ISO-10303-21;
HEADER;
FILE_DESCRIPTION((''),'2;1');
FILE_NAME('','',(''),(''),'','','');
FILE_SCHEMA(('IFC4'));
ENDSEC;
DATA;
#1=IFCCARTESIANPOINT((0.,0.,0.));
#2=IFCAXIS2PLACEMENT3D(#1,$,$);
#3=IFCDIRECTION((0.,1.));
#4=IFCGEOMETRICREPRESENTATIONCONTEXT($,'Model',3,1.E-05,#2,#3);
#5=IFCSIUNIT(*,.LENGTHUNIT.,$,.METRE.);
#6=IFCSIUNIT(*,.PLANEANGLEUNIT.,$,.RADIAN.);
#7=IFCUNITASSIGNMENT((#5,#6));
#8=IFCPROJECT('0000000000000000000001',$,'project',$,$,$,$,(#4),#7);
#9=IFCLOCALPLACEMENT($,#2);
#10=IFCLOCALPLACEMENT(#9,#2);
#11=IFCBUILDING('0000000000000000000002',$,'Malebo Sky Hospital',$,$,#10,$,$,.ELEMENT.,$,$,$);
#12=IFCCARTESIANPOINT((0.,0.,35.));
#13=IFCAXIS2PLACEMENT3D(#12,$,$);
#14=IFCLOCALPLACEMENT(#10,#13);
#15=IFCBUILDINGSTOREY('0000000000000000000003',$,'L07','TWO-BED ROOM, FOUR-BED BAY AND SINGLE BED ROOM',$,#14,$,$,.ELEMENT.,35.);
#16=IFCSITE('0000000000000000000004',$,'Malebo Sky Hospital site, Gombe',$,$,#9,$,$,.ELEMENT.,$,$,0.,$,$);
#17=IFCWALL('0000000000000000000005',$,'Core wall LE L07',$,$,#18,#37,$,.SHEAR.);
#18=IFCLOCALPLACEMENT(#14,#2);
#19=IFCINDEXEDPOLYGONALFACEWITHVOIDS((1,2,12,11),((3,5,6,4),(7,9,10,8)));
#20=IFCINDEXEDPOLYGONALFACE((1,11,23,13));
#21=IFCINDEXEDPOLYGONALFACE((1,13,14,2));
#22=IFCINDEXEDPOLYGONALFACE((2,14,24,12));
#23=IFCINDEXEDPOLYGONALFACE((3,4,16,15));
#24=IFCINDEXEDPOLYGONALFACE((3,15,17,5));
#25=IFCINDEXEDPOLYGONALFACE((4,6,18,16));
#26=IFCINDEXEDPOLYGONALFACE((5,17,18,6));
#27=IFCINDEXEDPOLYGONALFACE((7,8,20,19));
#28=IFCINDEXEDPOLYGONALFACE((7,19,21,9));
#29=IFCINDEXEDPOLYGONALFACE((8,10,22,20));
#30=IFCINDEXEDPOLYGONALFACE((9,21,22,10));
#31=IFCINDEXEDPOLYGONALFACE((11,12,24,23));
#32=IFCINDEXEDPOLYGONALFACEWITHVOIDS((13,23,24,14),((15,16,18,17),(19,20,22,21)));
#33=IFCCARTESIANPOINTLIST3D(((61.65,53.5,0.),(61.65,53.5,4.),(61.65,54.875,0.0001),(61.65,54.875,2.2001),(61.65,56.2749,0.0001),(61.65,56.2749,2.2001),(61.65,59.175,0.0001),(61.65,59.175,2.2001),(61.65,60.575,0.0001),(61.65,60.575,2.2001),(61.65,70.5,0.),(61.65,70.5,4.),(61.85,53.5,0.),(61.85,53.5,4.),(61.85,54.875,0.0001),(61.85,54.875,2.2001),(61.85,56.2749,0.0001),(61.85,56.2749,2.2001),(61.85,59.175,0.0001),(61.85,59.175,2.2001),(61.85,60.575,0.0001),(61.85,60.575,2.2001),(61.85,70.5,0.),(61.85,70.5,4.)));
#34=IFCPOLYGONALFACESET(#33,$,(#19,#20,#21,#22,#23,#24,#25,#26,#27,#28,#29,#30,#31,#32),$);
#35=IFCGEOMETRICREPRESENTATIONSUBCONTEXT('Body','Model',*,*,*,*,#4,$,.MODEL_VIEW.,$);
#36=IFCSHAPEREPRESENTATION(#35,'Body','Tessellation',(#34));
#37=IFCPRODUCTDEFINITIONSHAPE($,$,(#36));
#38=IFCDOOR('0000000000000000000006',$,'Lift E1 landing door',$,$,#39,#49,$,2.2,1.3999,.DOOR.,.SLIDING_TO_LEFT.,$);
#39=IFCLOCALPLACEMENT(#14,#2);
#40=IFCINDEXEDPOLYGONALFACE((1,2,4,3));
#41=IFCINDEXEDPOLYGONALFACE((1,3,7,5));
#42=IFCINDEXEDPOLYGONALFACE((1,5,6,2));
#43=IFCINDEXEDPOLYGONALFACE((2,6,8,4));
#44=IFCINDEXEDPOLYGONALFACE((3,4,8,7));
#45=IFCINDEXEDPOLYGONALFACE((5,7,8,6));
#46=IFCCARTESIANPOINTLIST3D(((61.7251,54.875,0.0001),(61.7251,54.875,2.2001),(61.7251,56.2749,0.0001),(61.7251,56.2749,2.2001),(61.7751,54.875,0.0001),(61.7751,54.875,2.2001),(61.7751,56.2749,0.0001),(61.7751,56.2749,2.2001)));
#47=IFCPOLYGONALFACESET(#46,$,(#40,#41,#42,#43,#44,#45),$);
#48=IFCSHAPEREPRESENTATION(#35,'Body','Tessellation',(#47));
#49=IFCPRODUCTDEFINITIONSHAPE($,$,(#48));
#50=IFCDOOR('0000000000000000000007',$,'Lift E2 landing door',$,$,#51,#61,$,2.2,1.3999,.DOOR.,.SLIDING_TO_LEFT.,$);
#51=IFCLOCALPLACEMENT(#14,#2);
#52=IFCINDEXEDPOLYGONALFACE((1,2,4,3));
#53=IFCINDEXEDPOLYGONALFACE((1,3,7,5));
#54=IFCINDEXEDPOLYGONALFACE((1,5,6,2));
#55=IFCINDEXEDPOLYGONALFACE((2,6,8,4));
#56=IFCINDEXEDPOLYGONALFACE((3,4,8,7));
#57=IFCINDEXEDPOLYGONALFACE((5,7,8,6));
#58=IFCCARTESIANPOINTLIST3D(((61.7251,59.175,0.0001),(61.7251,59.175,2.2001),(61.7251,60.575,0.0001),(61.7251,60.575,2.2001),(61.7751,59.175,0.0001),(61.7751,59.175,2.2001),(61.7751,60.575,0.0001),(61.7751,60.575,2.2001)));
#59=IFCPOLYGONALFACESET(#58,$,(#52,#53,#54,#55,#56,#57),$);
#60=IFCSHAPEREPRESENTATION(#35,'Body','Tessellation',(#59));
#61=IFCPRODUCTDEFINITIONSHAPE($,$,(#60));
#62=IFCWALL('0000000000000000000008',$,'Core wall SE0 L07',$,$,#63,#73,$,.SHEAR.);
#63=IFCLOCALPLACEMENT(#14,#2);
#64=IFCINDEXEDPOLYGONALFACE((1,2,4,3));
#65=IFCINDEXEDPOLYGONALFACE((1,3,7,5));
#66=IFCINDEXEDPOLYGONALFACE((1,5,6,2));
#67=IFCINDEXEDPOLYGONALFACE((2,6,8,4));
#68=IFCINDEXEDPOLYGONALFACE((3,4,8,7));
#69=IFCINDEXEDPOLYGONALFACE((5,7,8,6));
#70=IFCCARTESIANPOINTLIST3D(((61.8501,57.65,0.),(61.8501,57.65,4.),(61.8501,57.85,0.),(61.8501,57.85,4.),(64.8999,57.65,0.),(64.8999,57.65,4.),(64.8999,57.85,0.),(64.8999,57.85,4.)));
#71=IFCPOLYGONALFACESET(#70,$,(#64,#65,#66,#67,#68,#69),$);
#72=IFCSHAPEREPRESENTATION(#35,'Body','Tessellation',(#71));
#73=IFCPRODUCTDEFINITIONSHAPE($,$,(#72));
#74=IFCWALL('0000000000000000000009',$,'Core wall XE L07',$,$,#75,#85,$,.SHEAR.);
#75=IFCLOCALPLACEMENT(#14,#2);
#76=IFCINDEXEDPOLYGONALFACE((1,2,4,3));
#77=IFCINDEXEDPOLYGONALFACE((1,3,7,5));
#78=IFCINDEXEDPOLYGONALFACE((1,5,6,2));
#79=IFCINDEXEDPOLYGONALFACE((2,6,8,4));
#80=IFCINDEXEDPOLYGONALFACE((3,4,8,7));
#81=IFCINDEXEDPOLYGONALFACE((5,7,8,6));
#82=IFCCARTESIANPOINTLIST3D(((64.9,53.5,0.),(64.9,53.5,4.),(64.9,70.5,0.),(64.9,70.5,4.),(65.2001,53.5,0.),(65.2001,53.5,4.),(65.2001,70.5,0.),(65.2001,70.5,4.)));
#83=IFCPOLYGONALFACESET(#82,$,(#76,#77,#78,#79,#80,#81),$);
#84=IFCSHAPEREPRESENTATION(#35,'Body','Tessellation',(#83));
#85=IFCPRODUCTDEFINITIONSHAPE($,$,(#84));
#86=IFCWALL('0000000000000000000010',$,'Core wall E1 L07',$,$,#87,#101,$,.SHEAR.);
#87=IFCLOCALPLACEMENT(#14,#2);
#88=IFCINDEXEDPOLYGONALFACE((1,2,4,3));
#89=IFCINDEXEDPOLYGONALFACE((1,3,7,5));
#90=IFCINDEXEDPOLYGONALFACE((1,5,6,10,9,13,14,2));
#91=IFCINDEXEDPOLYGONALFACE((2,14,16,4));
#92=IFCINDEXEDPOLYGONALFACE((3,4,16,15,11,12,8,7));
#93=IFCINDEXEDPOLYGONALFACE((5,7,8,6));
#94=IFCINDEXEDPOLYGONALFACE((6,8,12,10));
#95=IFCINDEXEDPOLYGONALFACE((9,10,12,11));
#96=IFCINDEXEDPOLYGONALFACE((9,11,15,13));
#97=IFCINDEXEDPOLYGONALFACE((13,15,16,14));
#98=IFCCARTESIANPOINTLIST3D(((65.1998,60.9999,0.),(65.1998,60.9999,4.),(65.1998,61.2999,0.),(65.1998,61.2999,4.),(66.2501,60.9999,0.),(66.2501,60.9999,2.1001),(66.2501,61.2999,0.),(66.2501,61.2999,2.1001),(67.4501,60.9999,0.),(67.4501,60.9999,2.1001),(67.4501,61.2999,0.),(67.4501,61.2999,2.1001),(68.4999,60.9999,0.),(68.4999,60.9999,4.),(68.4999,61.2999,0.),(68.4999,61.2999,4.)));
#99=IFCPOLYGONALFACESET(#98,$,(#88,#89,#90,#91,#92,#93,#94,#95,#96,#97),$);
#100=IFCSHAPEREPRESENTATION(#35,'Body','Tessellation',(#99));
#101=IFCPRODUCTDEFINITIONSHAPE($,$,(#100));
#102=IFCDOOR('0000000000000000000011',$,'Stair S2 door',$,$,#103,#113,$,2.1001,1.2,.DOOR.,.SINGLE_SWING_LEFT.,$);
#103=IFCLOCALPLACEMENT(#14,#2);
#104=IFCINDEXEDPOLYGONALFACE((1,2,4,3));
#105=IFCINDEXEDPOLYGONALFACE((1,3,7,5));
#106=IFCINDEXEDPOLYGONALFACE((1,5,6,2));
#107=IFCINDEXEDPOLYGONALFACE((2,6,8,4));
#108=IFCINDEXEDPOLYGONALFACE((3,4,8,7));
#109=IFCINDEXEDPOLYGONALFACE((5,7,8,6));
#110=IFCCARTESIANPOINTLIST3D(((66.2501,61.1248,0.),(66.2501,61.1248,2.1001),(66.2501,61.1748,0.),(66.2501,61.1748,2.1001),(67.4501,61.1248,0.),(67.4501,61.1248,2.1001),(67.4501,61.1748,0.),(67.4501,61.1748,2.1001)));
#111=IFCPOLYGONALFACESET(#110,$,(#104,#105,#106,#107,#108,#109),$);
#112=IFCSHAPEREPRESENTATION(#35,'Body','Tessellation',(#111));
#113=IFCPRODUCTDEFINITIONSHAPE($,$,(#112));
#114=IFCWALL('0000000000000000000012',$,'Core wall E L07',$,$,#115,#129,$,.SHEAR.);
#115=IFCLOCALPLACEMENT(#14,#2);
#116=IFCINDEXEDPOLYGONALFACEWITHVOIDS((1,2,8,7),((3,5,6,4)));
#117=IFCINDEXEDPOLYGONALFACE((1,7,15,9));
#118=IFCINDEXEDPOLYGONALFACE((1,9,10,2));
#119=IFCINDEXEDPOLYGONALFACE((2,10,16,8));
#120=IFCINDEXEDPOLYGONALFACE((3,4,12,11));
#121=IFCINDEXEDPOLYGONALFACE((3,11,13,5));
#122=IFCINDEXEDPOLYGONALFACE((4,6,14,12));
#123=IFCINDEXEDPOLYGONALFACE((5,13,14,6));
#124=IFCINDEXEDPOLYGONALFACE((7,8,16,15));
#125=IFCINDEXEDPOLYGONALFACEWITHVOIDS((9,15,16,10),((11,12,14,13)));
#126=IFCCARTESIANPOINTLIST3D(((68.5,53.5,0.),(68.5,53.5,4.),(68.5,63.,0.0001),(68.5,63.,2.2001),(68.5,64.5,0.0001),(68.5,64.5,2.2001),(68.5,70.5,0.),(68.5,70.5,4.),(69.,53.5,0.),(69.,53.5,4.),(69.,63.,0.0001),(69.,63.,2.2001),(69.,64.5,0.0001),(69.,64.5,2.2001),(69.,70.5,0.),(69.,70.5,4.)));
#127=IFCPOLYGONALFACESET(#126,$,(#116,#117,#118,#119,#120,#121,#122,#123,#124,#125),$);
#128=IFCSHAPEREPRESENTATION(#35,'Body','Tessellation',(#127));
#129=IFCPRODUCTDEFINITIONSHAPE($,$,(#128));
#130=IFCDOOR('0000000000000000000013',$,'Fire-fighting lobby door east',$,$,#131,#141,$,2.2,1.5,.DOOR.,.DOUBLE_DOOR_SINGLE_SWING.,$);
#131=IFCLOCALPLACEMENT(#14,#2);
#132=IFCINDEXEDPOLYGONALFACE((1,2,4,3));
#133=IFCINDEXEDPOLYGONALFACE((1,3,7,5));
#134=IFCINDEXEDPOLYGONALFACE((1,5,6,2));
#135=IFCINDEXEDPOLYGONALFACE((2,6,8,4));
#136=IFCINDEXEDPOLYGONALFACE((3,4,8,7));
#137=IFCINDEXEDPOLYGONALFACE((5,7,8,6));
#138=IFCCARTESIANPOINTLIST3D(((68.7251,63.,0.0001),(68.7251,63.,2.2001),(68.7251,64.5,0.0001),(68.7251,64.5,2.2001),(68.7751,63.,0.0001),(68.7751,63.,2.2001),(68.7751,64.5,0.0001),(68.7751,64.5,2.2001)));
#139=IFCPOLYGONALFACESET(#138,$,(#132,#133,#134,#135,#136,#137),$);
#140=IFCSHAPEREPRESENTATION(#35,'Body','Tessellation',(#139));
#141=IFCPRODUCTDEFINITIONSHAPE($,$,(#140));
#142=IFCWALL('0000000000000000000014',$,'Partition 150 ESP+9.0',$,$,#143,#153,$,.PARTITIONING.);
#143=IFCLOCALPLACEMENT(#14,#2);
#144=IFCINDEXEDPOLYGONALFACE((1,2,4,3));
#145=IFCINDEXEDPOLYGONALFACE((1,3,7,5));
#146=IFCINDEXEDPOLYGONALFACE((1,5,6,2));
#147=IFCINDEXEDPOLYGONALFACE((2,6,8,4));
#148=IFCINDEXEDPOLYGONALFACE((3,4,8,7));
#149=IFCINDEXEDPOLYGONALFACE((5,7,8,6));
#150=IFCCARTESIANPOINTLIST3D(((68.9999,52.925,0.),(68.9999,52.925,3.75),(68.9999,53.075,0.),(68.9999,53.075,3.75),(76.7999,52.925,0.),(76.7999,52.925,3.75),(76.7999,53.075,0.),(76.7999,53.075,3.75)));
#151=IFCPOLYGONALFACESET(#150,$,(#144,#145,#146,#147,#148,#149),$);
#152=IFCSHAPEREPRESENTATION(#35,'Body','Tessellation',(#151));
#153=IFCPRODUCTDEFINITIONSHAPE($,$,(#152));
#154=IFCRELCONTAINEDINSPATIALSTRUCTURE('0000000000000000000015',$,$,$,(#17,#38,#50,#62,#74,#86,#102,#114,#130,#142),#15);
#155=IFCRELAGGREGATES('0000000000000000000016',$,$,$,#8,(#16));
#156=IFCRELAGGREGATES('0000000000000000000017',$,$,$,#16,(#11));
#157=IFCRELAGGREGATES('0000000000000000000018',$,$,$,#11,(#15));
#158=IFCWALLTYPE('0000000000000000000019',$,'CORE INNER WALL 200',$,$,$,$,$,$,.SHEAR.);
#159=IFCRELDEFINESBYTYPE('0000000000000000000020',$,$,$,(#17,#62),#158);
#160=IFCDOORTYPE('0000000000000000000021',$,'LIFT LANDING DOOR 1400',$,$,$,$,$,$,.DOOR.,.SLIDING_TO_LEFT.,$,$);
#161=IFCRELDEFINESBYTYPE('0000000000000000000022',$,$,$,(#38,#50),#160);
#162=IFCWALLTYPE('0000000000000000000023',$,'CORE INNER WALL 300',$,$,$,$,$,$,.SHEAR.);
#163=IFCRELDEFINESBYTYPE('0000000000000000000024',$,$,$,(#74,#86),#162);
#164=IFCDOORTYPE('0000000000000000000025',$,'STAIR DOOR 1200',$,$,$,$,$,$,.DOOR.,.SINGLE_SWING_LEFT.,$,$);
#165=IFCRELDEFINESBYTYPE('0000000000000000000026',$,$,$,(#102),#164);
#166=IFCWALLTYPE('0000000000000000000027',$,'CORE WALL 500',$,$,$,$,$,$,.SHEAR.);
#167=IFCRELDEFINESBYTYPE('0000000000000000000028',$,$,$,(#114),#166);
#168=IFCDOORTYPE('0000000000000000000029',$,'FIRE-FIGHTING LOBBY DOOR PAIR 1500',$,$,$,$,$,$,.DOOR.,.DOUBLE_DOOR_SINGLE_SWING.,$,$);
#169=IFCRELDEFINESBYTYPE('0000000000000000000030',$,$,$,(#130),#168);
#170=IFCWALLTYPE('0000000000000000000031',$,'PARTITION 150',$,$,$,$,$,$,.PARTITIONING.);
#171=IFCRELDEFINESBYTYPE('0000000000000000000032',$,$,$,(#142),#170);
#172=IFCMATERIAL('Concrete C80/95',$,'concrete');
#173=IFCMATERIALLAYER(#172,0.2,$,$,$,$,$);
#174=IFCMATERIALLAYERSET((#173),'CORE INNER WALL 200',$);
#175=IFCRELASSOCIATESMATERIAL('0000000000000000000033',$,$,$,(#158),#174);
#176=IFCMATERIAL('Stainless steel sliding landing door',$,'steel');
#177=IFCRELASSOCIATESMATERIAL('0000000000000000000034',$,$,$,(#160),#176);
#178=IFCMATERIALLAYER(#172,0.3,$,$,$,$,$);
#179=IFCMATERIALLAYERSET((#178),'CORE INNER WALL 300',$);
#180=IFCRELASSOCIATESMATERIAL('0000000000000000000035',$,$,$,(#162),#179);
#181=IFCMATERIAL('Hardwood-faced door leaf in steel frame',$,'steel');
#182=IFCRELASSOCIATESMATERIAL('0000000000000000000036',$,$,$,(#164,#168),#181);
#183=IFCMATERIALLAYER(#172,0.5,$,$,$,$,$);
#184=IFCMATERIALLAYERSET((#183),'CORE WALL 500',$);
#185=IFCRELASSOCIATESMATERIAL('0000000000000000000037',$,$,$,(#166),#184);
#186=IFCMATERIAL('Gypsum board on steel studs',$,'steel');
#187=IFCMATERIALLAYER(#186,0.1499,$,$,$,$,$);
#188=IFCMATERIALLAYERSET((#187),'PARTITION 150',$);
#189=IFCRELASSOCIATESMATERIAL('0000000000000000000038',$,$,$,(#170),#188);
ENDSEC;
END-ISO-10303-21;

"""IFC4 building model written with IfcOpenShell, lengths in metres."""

from ifc_helpers import new_model, si_unit, direction, frame, frame_2d, origin, place, context, subcontext, project, spatial, rectangle, extrude, material, layer, layer_set, type_object, element, fill, save


model = new_model("IFC4")

# Units and contexts
model_context = context("Model", 3, precision=1e-05, world=origin(), true_north=direction((0.0, 1.0)))
body_context = subcontext(model_context, "Body", "Model", "MODEL_VIEW")
ifc_project = project(units=[si_unit("LENGTHUNIT", "METRE"), si_unit("PLANEANGLEUNIT", "RADIAN")], contexts=[model_context])

# Site, building, storey
site_placement = place(None, origin())
site = spatial("IfcSite", under=ifc_project, at=site_placement, Name="Malebo Sky Hospital site, Gombe", CompositionType="ELEMENT", RefElevation=0.0)
building_placement = place(site_placement, origin())
building = spatial("IfcBuilding", under=site, at=building_placement, Name="Malebo Sky Hospital", CompositionType="ELEMENT")
storey_placement = place(building_placement, frame((0.0, 0.0, 35.0)))
storey = spatial("IfcBuildingStorey", under=building, at=storey_placement, Name="L07", Description="TWO-BED ROOM, FOUR-BED BAY AND SINGLE BED ROOM", CompositionType="ELEMENT", Elevation=35.0)

# Wall, openings, doors
ifc_material_1 = material(Name="Concrete C80/95", Category="concrete")
ifc_layer_1 = layer(ifc_material_1, 0.2)
ifc_layer_set_1 = layer_set([ifc_layer_1], Name="CORE INNER WALL 200")
wall_type_1 = type_object("IfcWallType", Name="CORE INNER WALL 200", PredefinedType="SHEAR", material=ifc_layer_set_1)
ifc_material_2 = material(Name="Stainless steel sliding landing door", Category="steel")
door_type_1 = type_object("IfcDoorType", Name="LIFT LANDING DOOR 1400", OperationType="SLIDING_TO_LEFT", PredefinedType="DOOR", material=ifc_material_2)
wall_1_placement = place(storey_placement, frame((61.75, 53.5, 0.0), z_axis=(0.0, 0.0, 1.0), x_axis=(0.0, 1.0, 0.0)))
wall_1 = element("IfcWall", 1, at=wall_1_placement, inside=storey, type_object=wall_type_1, Name="Core wall LE L07", PredefinedType="SHEAR", context=body_context, shape_type="SweptSolid", body=[
    extrude(rectangle(XDim=17.0, YDim=0.2, at=frame_2d((8.5, 0.0))), origin(), (0.0, 0.0, 1.0), 4.0),
])
opening_1_placement = place(wall_1_placement, frame((1.375, 0.0, 0.0)))
opening_1 = element("IfcOpeningElement", 2, at=opening_1_placement, cuts=wall_1, PredefinedType="OPENING", context=body_context, shape_type="SweptSolid", body=[
    extrude(rectangle(XDim=1.3999, YDim=2.2, at=frame_2d((0.7, 1.1001))), frame((0.0, 0.1099, 0.0), z_axis=(0.0, -1.0, 0.0), x_axis=(1.0, 0.0, 0.0)), (0.0, 0.0, 1.0), 0.22),
])
opening_2_placement = place(wall_1_placement, frame((5.675, 0.0, 0.0)))
opening_2 = element("IfcOpeningElement", 3, at=opening_2_placement, cuts=wall_1, PredefinedType="OPENING", context=body_context, shape_type="SweptSolid", body=[
    extrude(rectangle(XDim=1.3999, YDim=2.2, at=frame_2d((0.7, 1.1001))), frame((0.0, 0.1099, 0.0), z_axis=(0.0, -1.0, 0.0), x_axis=(1.0, 0.0, 0.0)), (0.0, 0.0, 1.0), 0.22),
])
door_1_placement = place(opening_1_placement, origin())
door_1 = element("IfcDoor", 4, at=door_1_placement, inside=storey, type_object=door_type_1, Name="Lift E1 landing door", OperationType="SLIDING_TO_LEFT", OverallHeight=2.2, OverallWidth=1.3999, PredefinedType="DOOR", context=body_context, shape_type="SweptSolid", body=[
    extrude(rectangle(XDim=1.3999, YDim=2.2, at=frame_2d((0.7, 1.1001))), frame((0.0, 0.0249, 0.0), z_axis=(0.0, -1.0, 0.0), x_axis=(1.0, 0.0, 0.0)), (0.0, 0.0, 1.0), 0.05),
])
fill(opening_1, door_1)
door_2_placement = place(opening_2_placement, origin())
door_2 = element("IfcDoor", 5, at=door_2_placement, inside=storey, type_object=door_type_1, Name="Lift E2 landing door", OperationType="SLIDING_TO_LEFT", OverallHeight=2.2, OverallWidth=1.3999, PredefinedType="DOOR", context=body_context, shape_type="SweptSolid", body=[
    extrude(rectangle(XDim=1.3999, YDim=2.2, at=frame_2d((0.7, 1.1001))), frame((0.0, 0.0249, 0.0), z_axis=(0.0, -1.0, 0.0), x_axis=(1.0, 0.0, 0.0)), (0.0, 0.0, 1.0), 0.05),
])
fill(opening_2, door_2)

# Walls
wall_2_placement = place(storey_placement, frame((61.8501, 57.75, 0.0), z_axis=(0.0, 0.0, 1.0), x_axis=(1.0, 0.0, 0.0)))
element("IfcWall", 6, at=wall_2_placement, inside=storey, type_object=wall_type_1, Name="Core wall SE0 L07", PredefinedType="SHEAR", context=body_context, shape_type="SweptSolid", body=[
    extrude(rectangle(XDim=3.0498, YDim=0.2, at=frame_2d((1.5249, 0.0))), origin(), (0.0, 0.0, 1.0), 4.0),
])
ifc_layer_2 = layer(ifc_material_1, 0.3)
ifc_layer_set_2 = layer_set([ifc_layer_2], Name="CORE INNER WALL 300")
wall_type_2 = type_object("IfcWallType", Name="CORE INNER WALL 300", PredefinedType="SHEAR", material=ifc_layer_set_2)
wall_3_placement = place(storey_placement, frame((65.05, 53.5, 0.0), z_axis=(0.0, 0.0, 1.0), x_axis=(0.0, 1.0, 0.0)))
element("IfcWall", 7, at=wall_3_placement, inside=storey, type_object=wall_type_2, Name="Core wall XE L07", PredefinedType="SHEAR", context=body_context, shape_type="SweptSolid", body=[
    extrude(rectangle(XDim=17.0, YDim=0.3, at=frame_2d((8.5, 0.0))), origin(), (0.0, 0.0, 1.0), 4.0),
])

# Walls, openings, doors
wall_4_placement = place(storey_placement, frame((65.2, 61.1499, 0.0), z_axis=(0.0, 0.0, 1.0), x_axis=(1.0, 0.0, 0.0)))
wall_4 = element("IfcWall", 8, at=wall_4_placement, inside=storey, type_object=wall_type_2, Name="Core wall E1 L07", PredefinedType="SHEAR", context=body_context, shape_type="SweptSolid", body=[
    extrude(rectangle(XDim=3.3, YDim=0.3, at=frame_2d((1.6499, 0.0))), origin(), (0.0, 0.0, 1.0), 4.0),
])
opening_3_placement = place(wall_4_placement, frame((1.05, 0.0, 0.0)))
opening_3 = element("IfcOpeningElement", 9, at=opening_3_placement, cuts=wall_4, PredefinedType="OPENING", context=body_context, shape_type="SweptSolid", body=[
    extrude(rectangle(XDim=1.2, YDim=2.1001, at=frame_2d((0.6001, 1.05))), frame((0.0, 0.1599, 0.0), z_axis=(0.0, -1.0, 0.0), x_axis=(1.0, 0.0, 0.0)), (0.0, 0.0, 1.0), 0.3201),
])
ifc_material_3 = material(Name="Hardwood-faced door leaf in steel frame", Category="steel")
door_type_2 = type_object("IfcDoorType", Name="STAIR DOOR 1200", OperationType="SINGLE_SWING_LEFT", PredefinedType="DOOR", material=ifc_material_3)
door_3_placement = place(opening_3_placement, origin())
door_3 = element("IfcDoor", 10, at=door_3_placement, inside=storey, type_object=door_type_2, Name="Stair S2 door", OperationType="SINGLE_SWING_LEFT", OverallHeight=2.1001, OverallWidth=1.2, PredefinedType="DOOR", context=body_context, shape_type="SweptSolid", body=[
    extrude(rectangle(XDim=1.2, YDim=2.1001, at=frame_2d((0.6001, 1.05))), frame((0.0, 0.0249, 0.0), z_axis=(0.0, -1.0, 0.0), x_axis=(1.0, 0.0, 0.0)), (0.0, 0.0, 1.0), 0.05),
])
fill(opening_3, door_3)
ifc_layer_3 = layer(ifc_material_1, 0.5)
ifc_layer_set_3 = layer_set([ifc_layer_3], Name="CORE WALL 500")
wall_type_3 = type_object("IfcWallType", Name="CORE WALL 500", PredefinedType="SHEAR", material=ifc_layer_set_3)
wall_5_placement = place(storey_placement, frame((68.75, 53.5, 0.0), z_axis=(0.0, 0.0, 1.0), x_axis=(0.0, 1.0, 0.0)))
wall_5 = element("IfcWall", 11, at=wall_5_placement, inside=storey, type_object=wall_type_3, Name="Core wall E L07", PredefinedType="SHEAR", context=body_context, shape_type="SweptSolid", body=[
    extrude(rectangle(XDim=17.0, YDim=0.5, at=frame_2d((8.5, 0.0))), origin(), (0.0, 0.0, 1.0), 4.0),
])
opening_4_placement = place(wall_5_placement, frame((9.5, 0.0, 0.0)))
opening_4 = element("IfcOpeningElement", 12, at=opening_4_placement, cuts=wall_5, PredefinedType="OPENING", context=body_context, shape_type="SweptSolid", body=[
    extrude(rectangle(XDim=1.5, YDim=2.2, at=frame_2d((0.75, 1.1001))), frame((0.0, 0.26, 0.0), z_axis=(0.0, -1.0, 0.0), x_axis=(1.0, 0.0, 0.0)), (0.0, 0.0, 1.0), 0.52),
])
door_type_3 = type_object("IfcDoorType", Name="FIRE-FIGHTING LOBBY DOOR PAIR 1500", OperationType="DOUBLE_DOOR_SINGLE_SWING", PredefinedType="DOOR", material=ifc_material_3)
door_4_placement = place(opening_4_placement, origin())
door_4 = element("IfcDoor", 13, at=door_4_placement, inside=storey, type_object=door_type_3, Name="Fire-fighting lobby door east", OperationType="DOUBLE_DOOR_SINGLE_SWING", OverallHeight=2.2, OverallWidth=1.5, PredefinedType="DOOR", context=body_context, shape_type="SweptSolid", body=[
    extrude(rectangle(XDim=1.5, YDim=2.2, at=frame_2d((0.75, 1.1001))), frame((0.0, 0.0249, 0.0), z_axis=(0.0, -1.0, 0.0), x_axis=(1.0, 0.0, 0.0)), (0.0, 0.0, 1.0), 0.05),
])
fill(opening_4, door_4)

# Wall
ifc_material_4 = material(Name="Gypsum board on steel studs", Category="steel")
ifc_layer_4 = layer(ifc_material_4, 0.1499)
ifc_layer_set_4 = layer_set([ifc_layer_4], Name="PARTITION 150")
wall_type_4 = type_object("IfcWallType", Name="PARTITION 150", PredefinedType="PARTITIONING", material=ifc_layer_set_4)
wall_6_placement = place(storey_placement, frame((69.0, 53.0, 0.0), z_axis=(0.0, 0.0, 1.0), x_axis=(1.0, 0.0, 0.0)))
element("IfcWall", 14, at=wall_6_placement, inside=storey, type_object=wall_type_4, Name="Partition 150 ESP+9.0", PredefinedType="PARTITIONING", context=body_context, shape_type="SweptSolid", body=[
    extrude(rectangle(XDim=7.8, YDim=0.1499, at=frame_2d((3.8999, 0.0))), origin(), (0.0, 0.0, 1.0), 3.75),
])

save(model, "model.ifc")
